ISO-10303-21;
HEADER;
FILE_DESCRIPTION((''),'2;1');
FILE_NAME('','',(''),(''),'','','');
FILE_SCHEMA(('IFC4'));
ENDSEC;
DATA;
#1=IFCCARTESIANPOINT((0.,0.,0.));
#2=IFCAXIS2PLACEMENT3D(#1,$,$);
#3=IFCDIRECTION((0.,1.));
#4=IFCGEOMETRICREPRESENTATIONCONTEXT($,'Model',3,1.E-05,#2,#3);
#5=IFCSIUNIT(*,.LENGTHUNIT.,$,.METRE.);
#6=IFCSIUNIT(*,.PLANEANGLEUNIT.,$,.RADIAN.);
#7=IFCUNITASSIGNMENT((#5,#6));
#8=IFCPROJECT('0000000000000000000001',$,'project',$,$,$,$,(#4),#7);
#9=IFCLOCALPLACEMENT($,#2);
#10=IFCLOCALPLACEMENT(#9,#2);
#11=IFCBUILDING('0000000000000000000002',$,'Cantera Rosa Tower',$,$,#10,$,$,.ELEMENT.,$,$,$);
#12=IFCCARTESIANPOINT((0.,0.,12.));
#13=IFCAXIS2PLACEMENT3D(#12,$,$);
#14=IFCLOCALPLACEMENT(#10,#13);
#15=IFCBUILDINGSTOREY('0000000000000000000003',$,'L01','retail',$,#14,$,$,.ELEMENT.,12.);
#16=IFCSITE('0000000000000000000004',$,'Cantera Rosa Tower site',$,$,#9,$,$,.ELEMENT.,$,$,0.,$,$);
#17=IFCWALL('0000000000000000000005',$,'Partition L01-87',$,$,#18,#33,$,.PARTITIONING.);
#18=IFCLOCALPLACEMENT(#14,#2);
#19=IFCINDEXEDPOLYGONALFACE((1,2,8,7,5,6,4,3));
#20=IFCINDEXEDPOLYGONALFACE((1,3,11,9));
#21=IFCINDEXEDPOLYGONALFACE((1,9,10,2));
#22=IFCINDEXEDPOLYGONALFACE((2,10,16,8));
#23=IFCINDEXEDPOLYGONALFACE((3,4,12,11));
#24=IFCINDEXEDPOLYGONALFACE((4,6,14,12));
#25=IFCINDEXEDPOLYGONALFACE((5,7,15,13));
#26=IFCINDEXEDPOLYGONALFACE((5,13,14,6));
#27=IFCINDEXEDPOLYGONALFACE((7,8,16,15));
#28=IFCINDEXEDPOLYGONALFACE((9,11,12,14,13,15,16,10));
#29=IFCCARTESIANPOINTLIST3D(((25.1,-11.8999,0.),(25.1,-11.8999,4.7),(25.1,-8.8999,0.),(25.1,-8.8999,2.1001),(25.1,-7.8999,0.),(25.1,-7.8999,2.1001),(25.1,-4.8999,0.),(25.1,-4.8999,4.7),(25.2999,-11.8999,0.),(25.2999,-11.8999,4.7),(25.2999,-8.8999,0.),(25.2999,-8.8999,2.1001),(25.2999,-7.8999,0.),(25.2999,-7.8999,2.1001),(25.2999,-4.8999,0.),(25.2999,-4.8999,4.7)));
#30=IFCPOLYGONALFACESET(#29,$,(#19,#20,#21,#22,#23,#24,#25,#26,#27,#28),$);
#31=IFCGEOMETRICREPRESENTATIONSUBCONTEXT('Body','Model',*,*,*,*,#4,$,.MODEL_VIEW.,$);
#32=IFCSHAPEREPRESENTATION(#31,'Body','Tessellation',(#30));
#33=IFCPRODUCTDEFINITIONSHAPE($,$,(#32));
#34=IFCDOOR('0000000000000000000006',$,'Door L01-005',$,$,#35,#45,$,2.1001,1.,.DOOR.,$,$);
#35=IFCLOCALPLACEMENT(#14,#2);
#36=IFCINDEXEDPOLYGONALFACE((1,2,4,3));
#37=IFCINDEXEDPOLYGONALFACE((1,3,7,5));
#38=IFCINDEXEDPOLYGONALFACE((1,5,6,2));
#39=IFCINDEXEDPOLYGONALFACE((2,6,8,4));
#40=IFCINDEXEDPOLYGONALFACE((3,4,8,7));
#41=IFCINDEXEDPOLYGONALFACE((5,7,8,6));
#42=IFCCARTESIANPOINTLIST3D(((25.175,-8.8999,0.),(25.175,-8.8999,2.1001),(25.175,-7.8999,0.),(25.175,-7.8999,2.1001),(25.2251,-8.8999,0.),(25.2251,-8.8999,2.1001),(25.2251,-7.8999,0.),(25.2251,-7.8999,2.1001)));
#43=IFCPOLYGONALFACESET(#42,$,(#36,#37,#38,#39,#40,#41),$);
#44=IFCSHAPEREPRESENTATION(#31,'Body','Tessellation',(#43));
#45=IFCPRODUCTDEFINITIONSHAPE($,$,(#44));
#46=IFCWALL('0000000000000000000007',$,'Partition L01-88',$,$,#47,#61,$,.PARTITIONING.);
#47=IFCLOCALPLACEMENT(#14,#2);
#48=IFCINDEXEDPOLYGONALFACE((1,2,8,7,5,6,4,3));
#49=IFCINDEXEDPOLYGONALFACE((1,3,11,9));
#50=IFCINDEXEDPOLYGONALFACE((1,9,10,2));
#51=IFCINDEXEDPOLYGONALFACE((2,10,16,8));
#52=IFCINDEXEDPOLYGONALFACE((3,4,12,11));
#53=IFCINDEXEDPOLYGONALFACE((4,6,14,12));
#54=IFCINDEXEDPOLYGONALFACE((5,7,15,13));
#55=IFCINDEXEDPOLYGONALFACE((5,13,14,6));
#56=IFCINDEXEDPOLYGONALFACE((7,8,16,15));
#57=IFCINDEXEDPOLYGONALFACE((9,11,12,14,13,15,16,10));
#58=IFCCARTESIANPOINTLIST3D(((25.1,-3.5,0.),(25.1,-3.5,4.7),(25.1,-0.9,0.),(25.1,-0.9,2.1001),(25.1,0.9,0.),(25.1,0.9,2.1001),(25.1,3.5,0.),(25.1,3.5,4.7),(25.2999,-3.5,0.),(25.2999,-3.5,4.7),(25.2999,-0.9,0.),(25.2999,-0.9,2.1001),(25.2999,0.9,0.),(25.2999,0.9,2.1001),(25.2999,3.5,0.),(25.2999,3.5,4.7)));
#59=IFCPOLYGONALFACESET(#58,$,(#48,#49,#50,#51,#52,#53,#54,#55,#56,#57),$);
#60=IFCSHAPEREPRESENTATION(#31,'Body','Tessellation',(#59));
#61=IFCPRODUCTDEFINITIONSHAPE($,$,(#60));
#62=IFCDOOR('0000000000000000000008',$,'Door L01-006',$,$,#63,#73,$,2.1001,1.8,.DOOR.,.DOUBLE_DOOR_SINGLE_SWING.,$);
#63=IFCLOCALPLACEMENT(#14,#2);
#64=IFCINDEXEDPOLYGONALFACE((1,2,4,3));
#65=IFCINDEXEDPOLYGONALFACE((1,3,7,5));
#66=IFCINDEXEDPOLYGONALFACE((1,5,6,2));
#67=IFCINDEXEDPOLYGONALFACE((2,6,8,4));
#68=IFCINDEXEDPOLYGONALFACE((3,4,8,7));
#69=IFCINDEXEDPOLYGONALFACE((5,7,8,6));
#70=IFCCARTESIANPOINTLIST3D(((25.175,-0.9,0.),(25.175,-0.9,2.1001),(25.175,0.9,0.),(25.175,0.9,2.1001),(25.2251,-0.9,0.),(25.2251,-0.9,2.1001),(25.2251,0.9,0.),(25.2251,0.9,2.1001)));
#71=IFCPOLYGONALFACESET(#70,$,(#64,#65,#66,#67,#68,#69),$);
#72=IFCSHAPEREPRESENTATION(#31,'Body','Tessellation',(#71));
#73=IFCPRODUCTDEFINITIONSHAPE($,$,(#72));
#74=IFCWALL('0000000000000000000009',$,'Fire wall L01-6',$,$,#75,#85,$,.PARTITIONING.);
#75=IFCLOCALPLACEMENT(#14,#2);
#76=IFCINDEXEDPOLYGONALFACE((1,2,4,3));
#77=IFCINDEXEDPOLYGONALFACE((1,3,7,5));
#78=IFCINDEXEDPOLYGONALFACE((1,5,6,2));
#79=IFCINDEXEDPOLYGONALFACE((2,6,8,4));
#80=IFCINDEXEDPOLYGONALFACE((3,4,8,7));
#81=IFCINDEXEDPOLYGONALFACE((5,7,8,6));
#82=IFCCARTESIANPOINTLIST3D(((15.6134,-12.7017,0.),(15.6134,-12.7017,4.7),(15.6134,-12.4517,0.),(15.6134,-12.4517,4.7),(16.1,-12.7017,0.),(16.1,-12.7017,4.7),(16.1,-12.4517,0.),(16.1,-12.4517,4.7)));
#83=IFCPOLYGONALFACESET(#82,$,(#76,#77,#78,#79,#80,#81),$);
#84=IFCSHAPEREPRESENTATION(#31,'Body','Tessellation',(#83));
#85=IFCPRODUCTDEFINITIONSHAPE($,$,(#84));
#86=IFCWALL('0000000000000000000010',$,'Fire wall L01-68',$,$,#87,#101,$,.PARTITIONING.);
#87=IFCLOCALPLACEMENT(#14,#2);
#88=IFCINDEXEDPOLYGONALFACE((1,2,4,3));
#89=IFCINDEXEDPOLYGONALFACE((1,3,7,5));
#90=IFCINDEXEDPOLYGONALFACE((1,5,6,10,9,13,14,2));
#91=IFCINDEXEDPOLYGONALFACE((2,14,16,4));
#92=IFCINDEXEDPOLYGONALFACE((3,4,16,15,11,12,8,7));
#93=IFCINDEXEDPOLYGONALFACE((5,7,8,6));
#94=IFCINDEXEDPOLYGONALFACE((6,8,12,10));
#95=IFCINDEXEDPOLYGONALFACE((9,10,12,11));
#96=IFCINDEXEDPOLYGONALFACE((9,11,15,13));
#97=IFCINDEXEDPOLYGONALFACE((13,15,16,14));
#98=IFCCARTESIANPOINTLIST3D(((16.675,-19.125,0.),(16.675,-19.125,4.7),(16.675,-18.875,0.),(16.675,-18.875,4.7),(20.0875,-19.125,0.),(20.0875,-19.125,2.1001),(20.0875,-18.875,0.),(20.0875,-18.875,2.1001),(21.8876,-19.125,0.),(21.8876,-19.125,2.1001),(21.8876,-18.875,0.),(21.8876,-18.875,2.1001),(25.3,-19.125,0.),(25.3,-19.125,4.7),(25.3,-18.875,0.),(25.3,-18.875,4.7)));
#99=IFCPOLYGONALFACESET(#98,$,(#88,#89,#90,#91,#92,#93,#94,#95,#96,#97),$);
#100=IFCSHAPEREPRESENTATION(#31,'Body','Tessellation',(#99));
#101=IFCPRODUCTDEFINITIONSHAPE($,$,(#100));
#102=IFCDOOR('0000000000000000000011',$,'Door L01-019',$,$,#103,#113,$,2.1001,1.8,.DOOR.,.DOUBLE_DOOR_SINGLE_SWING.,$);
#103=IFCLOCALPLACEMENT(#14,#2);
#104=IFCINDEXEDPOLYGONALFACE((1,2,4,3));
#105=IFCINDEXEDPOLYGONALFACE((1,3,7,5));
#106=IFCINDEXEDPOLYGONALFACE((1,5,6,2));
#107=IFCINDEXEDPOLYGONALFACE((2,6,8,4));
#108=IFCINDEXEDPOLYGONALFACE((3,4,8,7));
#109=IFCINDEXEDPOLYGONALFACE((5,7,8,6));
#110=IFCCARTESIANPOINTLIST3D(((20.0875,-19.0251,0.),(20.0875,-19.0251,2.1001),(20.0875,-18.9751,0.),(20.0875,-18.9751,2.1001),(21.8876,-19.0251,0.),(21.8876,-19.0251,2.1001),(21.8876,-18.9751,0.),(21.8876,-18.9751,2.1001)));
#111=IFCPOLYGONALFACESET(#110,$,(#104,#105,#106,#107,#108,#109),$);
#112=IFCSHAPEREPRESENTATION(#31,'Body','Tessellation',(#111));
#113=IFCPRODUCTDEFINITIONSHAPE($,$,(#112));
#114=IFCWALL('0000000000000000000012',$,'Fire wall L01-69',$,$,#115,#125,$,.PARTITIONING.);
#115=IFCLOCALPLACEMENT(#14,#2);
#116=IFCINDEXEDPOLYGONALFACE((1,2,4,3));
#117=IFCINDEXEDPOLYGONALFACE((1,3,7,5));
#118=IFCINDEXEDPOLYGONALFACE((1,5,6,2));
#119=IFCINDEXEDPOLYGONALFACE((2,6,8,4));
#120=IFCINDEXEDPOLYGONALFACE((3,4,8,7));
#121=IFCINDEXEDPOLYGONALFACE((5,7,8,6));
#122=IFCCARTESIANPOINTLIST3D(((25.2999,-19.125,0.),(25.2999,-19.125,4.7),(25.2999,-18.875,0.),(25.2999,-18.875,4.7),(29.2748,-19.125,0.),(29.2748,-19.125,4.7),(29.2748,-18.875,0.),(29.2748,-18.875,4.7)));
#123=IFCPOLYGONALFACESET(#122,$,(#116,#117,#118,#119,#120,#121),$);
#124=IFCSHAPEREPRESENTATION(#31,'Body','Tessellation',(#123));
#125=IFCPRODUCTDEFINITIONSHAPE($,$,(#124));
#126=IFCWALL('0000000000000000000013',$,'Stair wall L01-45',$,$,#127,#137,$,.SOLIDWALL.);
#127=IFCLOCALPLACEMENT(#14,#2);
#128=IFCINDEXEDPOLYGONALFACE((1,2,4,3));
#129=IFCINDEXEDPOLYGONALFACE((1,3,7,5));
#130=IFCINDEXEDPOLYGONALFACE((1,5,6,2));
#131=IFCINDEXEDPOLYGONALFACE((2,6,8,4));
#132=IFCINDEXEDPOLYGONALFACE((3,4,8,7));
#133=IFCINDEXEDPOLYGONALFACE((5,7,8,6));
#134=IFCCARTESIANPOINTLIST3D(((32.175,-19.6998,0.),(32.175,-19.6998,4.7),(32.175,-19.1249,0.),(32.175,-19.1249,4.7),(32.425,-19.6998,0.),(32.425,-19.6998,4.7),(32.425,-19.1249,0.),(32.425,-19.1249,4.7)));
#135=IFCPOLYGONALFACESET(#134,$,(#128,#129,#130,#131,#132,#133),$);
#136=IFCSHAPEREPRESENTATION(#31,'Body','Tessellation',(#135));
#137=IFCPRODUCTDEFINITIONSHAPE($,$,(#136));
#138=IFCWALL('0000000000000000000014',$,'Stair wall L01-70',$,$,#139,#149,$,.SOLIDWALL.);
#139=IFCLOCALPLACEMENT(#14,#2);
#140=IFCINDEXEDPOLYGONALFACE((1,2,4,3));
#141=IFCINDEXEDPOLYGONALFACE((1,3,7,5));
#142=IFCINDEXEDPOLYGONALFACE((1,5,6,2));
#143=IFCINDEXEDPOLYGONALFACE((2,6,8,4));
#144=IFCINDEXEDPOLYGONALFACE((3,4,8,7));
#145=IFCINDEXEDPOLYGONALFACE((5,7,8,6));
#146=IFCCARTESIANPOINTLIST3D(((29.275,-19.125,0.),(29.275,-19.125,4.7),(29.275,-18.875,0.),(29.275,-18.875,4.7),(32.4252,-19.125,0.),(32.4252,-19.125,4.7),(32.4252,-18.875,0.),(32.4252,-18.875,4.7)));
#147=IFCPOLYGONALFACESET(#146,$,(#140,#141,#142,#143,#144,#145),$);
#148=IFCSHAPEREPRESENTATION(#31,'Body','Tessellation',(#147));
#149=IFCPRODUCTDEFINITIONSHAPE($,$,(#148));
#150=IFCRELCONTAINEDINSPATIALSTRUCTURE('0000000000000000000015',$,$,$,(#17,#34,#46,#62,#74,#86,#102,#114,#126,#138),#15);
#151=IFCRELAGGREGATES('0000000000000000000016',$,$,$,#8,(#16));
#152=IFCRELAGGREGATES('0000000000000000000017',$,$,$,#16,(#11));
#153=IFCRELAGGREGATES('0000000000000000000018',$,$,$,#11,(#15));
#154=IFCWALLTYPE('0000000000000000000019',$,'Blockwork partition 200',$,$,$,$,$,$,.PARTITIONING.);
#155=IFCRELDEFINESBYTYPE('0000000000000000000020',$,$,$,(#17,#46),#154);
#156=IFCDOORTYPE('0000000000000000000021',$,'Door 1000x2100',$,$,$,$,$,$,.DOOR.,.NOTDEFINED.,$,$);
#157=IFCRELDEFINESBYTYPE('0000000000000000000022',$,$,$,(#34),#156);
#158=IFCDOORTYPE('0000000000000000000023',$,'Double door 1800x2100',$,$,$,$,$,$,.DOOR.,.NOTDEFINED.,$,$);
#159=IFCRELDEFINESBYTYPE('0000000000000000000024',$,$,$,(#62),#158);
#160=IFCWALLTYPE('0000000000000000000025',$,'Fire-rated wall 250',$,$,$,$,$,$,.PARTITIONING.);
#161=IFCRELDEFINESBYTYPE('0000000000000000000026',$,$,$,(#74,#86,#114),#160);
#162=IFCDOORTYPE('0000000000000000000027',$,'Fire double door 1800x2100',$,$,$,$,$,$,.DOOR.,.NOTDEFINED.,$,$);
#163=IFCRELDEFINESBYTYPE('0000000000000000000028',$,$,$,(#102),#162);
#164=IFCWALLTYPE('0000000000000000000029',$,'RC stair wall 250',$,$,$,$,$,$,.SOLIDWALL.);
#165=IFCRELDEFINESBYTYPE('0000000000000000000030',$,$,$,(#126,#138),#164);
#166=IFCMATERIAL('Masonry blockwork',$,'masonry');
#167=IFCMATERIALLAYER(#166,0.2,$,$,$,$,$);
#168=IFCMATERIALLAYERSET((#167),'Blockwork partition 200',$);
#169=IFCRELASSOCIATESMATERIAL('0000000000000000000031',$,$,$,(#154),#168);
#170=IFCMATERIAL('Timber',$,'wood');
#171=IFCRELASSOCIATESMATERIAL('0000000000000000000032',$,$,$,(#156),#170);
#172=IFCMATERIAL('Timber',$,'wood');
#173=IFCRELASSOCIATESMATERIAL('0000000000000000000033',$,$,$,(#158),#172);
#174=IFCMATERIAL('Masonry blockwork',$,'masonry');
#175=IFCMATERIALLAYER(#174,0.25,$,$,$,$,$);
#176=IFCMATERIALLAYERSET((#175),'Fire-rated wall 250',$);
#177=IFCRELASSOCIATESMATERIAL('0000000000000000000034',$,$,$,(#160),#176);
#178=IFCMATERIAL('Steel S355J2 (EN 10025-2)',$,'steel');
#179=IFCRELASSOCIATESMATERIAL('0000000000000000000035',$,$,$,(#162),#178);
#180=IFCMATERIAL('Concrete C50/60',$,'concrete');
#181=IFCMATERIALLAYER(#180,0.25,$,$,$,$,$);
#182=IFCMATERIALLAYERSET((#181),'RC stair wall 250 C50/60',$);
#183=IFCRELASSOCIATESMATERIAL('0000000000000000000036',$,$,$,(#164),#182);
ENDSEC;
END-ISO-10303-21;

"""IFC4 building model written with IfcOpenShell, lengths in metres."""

from ifc_helpers import new_model, si_unit, direction, frame, frame_2d, origin, place, context, subcontext, project, spatial, rectangle, extrude, material, layer, layer_set, type_object, element, fill, save


model = new_model("IFC4")

# Units and contexts
model_context = context("Model", 3, precision=1e-05, world=origin(), true_north=direction((0.0, 1.0)))
body_context = subcontext(model_context, "Body", "Model", "MODEL_VIEW")
ifc_project = project(units=[si_unit("LENGTHUNIT", "METRE"), si_unit("PLANEANGLEUNIT", "RADIAN")], contexts=[model_context])

# Site, building, storey
site_placement = place(None, origin())
site = spatial("IfcSite", under=ifc_project, at=site_placement, Name="Cantera Rosa Tower site", CompositionType="ELEMENT", RefElevation=0.0)
building_placement = place(site_placement, origin())
building = spatial("IfcBuilding", under=site, at=building_placement, Name="Cantera Rosa Tower", CompositionType="ELEMENT")
storey_placement = place(building_placement, frame((0.0, 0.0, 12.0)))
storey = spatial("IfcBuildingStorey", under=building, at=storey_placement, Name="L01", Description="retail", CompositionType="ELEMENT", Elevation=12.0)

# Shared definitions
ifc_material_1 = material(Name="Masonry blockwork", Category="masonry")
ifc_layer_1 = layer(ifc_material_1, 0.2)
ifc_layer_set_1 = layer_set([ifc_layer_1], Name="Blockwork partition 200")
wall_type_1 = type_object("IfcWallType", Name="Blockwork partition 200", PredefinedType="PARTITIONING", material=ifc_layer_set_1)
ifc_material_2 = material(Name="Timber", Category="wood")
door_type_1 = type_object("IfcDoorType", Name="Door 1000x2100", OperationType="NOTDEFINED", PredefinedType="DOOR", material=ifc_material_2)

# Walls, openings, doors
wall_1_placement = place(storey_placement, frame((25.2, -11.8999, 0.0), z_axis=(0.0, 0.0, 1.0), x_axis=(0.0, 1.0, 0.0)))
wall_1 = element("IfcWall", 1, at=wall_1_placement, inside=storey, type_object=wall_type_1, Name="Partition L01-87", PredefinedType="PARTITIONING", context=body_context, shape_type="SweptSolid", body=[
    extrude(rectangle(XDim=7.0, YDim=0.2, at=frame_2d((3.5, 0.0))), origin(), (0.0, 0.0, 1.0), 4.7),
])
opening_1_placement = place(wall_1_placement, frame((3.0, 0.0, 0.0)))
opening_1 = element("IfcOpeningElement", 2, at=opening_1_placement, cuts=wall_1, PredefinedType="OPENING", context=body_context, shape_type="SweptSolid", body=[
    extrude(rectangle(XDim=1.0, YDim=2.1001, at=frame_2d((0.5, 1.05))), frame((0.0, 0.1099, 0.0), z_axis=(0.0, -1.0, 0.0), x_axis=(1.0, 0.0, 0.0)), (0.0, 0.0, 1.0), 0.22),
])
door_1_placement = place(opening_1_placement, origin())
door_1 = element("IfcDoor", 3, at=door_1_placement, inside=storey, type_object=door_type_1, Name="Door L01-005", OverallHeight=2.1001, OverallWidth=1.0, PredefinedType="DOOR", context=body_context, shape_type="SweptSolid", body=[
    extrude(rectangle(XDim=1.0, YDim=2.1001, at=frame_2d((0.5, 1.05))), frame((0.0, 0.0249, 0.0), z_axis=(0.0, -1.0, 0.0), x_axis=(1.0, 0.0, 0.0)), (0.0, 0.0, 1.0), 0.05),
])
fill(opening_1, door_1)
wall_2_placement = place(storey_placement, frame((25.2, -3.5, 0.0), z_axis=(0.0, 0.0, 1.0), x_axis=(0.0, 1.0, 0.0)))
wall_2 = element("IfcWall", 4, at=wall_2_placement, inside=storey, type_object=wall_type_1, Name="Partition L01-88", PredefinedType="PARTITIONING", context=body_context, shape_type="SweptSolid", body=[
    extrude(rectangle(XDim=7.0, YDim=0.2, at=frame_2d((3.5, 0.0))), origin(), (0.0, 0.0, 1.0), 4.7),
])
opening_2_placement = place(wall_2_placement, frame((2.6001, 0.0, 0.0)))
opening_2 = element("IfcOpeningElement", 5, at=opening_2_placement, cuts=wall_2, PredefinedType="OPENING", context=body_context, shape_type="SweptSolid", body=[
    extrude(rectangle(XDim=1.8, YDim=2.1001, at=frame_2d((0.8999, 1.05))), frame((0.0, 0.1099, 0.0), z_axis=(0.0, -1.0, 0.0), x_axis=(1.0, 0.0, 0.0)), (0.0, 0.0, 1.0), 0.22),
])
ifc_material_3 = material(Name="Timber", Category="wood")
door_type_2 = type_object("IfcDoorType", Name="Double door 1800x2100", OperationType="NOTDEFINED", PredefinedType="DOOR", material=ifc_material_3)
door_2_placement = place(opening_2_placement, origin())
door_2 = element("IfcDoor", 6, at=door_2_placement, inside=storey, type_object=door_type_2, Name="Door L01-006", OperationType="DOUBLE_DOOR_SINGLE_SWING", OverallHeight=2.1001, OverallWidth=1.8, PredefinedType="DOOR", context=body_context, shape_type="SweptSolid", body=[
    extrude(rectangle(XDim=1.8, YDim=2.1001, at=frame_2d((0.8999, 1.05))), frame((0.0, 0.0249, 0.0), z_axis=(0.0, -1.0, 0.0), x_axis=(1.0, 0.0, 0.0)), (0.0, 0.0, 1.0), 0.05),
])
fill(opening_2, door_2)

# Wall
ifc_material_4 = material(Name="Masonry blockwork", Category="masonry")
ifc_layer_2 = layer(ifc_material_4, 0.25)
ifc_layer_set_2 = layer_set([ifc_layer_2], Name="Fire-rated wall 250")
wall_type_2 = type_object("IfcWallType", Name="Fire-rated wall 250", PredefinedType="PARTITIONING", material=ifc_layer_set_2)
wall_3_placement = place(storey_placement, frame((15.6135, -12.5767, 0.0), z_axis=(0.0, 0.0, 1.0), x_axis=(1.0, 0.0, 0.0)))
element("IfcWall", 7, at=wall_3_placement, inside=storey, type_object=wall_type_2, Name="Fire wall L01-6", PredefinedType="PARTITIONING", context=body_context, shape_type="SweptSolid", body=[
    extrude(rectangle(XDim=0.4866, YDim=0.25, at=frame_2d((0.2432, 0.0))), origin(), (0.0, 0.0, 1.0), 4.7),
])

# Wall, opening, door
wall_4_placement = place(storey_placement, frame((16.675, -19.0, 0.0), z_axis=(0.0, 0.0, 1.0), x_axis=(1.0, 0.0, 0.0)))
wall_4 = element("IfcWall", 8, at=wall_4_placement, inside=storey, type_object=wall_type_2, Name="Fire wall L01-68", PredefinedType="PARTITIONING", context=body_context, shape_type="SweptSolid", body=[
    extrude(rectangle(XDim=8.625, YDim=0.25, at=frame_2d((4.3125, 0.0))), origin(), (0.0, 0.0, 1.0), 4.7),
])
opening_3_placement = place(wall_4_placement, frame((3.4126, 0.0, 0.0)))
opening_3 = element("IfcOpeningElement", 9, at=opening_3_placement, cuts=wall_4, PredefinedType="OPENING", context=body_context, shape_type="SweptSolid", body=[
    extrude(rectangle(XDim=1.8, YDim=2.1001, at=frame_2d((0.8999, 1.05))), frame((0.0, 0.135, 0.0), z_axis=(0.0, -1.0, 0.0), x_axis=(1.0, 0.0, 0.0)), (0.0, 0.0, 1.0), 0.27),
])
ifc_material_5 = material(Name="Steel S355J2 (EN 10025-2)", Category="steel")
door_type_3 = type_object("IfcDoorType", Name="Fire double door 1800x2100", OperationType="NOTDEFINED", PredefinedType="DOOR", material=ifc_material_5)
door_3_placement = place(opening_3_placement, origin())
door_3 = element("IfcDoor", 10, at=door_3_placement, inside=storey, type_object=door_type_3, Name="Door L01-019", OperationType="DOUBLE_DOOR_SINGLE_SWING", OverallHeight=2.1001, OverallWidth=1.8, PredefinedType="DOOR", context=body_context, shape_type="SweptSolid", body=[
    extrude(rectangle(XDim=1.8, YDim=2.1001, at=frame_2d((0.8999, 1.05))), frame((0.0, 0.0249, 0.0), z_axis=(0.0, -1.0, 0.0), x_axis=(1.0, 0.0, 0.0)), (0.0, 0.0, 1.0), 0.05),
])
fill(opening_3, door_3)

# Walls
wall_5_placement = place(storey_placement, frame((25.3, -19.0, 0.0), z_axis=(0.0, 0.0, 1.0), x_axis=(1.0, 0.0, 0.0)))
element("IfcWall", 11, at=wall_5_placement, inside=storey, type_object=wall_type_2, Name="Fire wall L01-69", PredefinedType="PARTITIONING", context=body_context, shape_type="SweptSolid", body=[
    extrude(rectangle(XDim=3.9749, YDim=0.25, at=frame_2d((1.9873, 0.0))), origin(), (0.0, 0.0, 1.0), 4.7),
])
ifc_material_6 = material(Name="Concrete C50/60", Category="concrete")
ifc_layer_3 = layer(ifc_material_6, 0.25)
ifc_layer_set_3 = layer_set([ifc_layer_3], Name="RC stair wall 250 C50/60")
wall_type_3 = type_object("IfcWallType", Name="RC stair wall 250", PredefinedType="SOLIDWALL", material=ifc_layer_set_3)
wall_6_placement = place(storey_placement, frame((32.3, -19.7, 0.0), z_axis=(0.0, 0.0, 1.0), x_axis=(0.0, 1.0, 0.0)))
element("IfcWall", 12, at=wall_6_placement, inside=storey, type_object=wall_type_3, Name="Stair wall L01-45", PredefinedType="SOLIDWALL", context=body_context, shape_type="SweptSolid", body=[
    extrude(rectangle(XDim=0.575, YDim=0.25, at=frame_2d((0.2876, 0.0))), origin(), (0.0, 0.0, 1.0), 4.7),
])
wall_7_placement = place(storey_placement, frame((29.2749, -19.0, 0.0), z_axis=(0.0, 0.0, 1.0), x_axis=(1.0, 0.0, 0.0)))
element("IfcWall", 13, at=wall_7_placement, inside=storey, type_object=wall_type_3, Name="Stair wall L01-70", PredefinedType="SOLIDWALL", context=body_context, shape_type="SweptSolid", body=[
    extrude(rectangle(XDim=3.1501, YDim=0.25, at=frame_2d((1.5752, 0.0))), origin(), (0.0, 0.0, 1.0), 4.7),
])

save(model, "model.ifc")
